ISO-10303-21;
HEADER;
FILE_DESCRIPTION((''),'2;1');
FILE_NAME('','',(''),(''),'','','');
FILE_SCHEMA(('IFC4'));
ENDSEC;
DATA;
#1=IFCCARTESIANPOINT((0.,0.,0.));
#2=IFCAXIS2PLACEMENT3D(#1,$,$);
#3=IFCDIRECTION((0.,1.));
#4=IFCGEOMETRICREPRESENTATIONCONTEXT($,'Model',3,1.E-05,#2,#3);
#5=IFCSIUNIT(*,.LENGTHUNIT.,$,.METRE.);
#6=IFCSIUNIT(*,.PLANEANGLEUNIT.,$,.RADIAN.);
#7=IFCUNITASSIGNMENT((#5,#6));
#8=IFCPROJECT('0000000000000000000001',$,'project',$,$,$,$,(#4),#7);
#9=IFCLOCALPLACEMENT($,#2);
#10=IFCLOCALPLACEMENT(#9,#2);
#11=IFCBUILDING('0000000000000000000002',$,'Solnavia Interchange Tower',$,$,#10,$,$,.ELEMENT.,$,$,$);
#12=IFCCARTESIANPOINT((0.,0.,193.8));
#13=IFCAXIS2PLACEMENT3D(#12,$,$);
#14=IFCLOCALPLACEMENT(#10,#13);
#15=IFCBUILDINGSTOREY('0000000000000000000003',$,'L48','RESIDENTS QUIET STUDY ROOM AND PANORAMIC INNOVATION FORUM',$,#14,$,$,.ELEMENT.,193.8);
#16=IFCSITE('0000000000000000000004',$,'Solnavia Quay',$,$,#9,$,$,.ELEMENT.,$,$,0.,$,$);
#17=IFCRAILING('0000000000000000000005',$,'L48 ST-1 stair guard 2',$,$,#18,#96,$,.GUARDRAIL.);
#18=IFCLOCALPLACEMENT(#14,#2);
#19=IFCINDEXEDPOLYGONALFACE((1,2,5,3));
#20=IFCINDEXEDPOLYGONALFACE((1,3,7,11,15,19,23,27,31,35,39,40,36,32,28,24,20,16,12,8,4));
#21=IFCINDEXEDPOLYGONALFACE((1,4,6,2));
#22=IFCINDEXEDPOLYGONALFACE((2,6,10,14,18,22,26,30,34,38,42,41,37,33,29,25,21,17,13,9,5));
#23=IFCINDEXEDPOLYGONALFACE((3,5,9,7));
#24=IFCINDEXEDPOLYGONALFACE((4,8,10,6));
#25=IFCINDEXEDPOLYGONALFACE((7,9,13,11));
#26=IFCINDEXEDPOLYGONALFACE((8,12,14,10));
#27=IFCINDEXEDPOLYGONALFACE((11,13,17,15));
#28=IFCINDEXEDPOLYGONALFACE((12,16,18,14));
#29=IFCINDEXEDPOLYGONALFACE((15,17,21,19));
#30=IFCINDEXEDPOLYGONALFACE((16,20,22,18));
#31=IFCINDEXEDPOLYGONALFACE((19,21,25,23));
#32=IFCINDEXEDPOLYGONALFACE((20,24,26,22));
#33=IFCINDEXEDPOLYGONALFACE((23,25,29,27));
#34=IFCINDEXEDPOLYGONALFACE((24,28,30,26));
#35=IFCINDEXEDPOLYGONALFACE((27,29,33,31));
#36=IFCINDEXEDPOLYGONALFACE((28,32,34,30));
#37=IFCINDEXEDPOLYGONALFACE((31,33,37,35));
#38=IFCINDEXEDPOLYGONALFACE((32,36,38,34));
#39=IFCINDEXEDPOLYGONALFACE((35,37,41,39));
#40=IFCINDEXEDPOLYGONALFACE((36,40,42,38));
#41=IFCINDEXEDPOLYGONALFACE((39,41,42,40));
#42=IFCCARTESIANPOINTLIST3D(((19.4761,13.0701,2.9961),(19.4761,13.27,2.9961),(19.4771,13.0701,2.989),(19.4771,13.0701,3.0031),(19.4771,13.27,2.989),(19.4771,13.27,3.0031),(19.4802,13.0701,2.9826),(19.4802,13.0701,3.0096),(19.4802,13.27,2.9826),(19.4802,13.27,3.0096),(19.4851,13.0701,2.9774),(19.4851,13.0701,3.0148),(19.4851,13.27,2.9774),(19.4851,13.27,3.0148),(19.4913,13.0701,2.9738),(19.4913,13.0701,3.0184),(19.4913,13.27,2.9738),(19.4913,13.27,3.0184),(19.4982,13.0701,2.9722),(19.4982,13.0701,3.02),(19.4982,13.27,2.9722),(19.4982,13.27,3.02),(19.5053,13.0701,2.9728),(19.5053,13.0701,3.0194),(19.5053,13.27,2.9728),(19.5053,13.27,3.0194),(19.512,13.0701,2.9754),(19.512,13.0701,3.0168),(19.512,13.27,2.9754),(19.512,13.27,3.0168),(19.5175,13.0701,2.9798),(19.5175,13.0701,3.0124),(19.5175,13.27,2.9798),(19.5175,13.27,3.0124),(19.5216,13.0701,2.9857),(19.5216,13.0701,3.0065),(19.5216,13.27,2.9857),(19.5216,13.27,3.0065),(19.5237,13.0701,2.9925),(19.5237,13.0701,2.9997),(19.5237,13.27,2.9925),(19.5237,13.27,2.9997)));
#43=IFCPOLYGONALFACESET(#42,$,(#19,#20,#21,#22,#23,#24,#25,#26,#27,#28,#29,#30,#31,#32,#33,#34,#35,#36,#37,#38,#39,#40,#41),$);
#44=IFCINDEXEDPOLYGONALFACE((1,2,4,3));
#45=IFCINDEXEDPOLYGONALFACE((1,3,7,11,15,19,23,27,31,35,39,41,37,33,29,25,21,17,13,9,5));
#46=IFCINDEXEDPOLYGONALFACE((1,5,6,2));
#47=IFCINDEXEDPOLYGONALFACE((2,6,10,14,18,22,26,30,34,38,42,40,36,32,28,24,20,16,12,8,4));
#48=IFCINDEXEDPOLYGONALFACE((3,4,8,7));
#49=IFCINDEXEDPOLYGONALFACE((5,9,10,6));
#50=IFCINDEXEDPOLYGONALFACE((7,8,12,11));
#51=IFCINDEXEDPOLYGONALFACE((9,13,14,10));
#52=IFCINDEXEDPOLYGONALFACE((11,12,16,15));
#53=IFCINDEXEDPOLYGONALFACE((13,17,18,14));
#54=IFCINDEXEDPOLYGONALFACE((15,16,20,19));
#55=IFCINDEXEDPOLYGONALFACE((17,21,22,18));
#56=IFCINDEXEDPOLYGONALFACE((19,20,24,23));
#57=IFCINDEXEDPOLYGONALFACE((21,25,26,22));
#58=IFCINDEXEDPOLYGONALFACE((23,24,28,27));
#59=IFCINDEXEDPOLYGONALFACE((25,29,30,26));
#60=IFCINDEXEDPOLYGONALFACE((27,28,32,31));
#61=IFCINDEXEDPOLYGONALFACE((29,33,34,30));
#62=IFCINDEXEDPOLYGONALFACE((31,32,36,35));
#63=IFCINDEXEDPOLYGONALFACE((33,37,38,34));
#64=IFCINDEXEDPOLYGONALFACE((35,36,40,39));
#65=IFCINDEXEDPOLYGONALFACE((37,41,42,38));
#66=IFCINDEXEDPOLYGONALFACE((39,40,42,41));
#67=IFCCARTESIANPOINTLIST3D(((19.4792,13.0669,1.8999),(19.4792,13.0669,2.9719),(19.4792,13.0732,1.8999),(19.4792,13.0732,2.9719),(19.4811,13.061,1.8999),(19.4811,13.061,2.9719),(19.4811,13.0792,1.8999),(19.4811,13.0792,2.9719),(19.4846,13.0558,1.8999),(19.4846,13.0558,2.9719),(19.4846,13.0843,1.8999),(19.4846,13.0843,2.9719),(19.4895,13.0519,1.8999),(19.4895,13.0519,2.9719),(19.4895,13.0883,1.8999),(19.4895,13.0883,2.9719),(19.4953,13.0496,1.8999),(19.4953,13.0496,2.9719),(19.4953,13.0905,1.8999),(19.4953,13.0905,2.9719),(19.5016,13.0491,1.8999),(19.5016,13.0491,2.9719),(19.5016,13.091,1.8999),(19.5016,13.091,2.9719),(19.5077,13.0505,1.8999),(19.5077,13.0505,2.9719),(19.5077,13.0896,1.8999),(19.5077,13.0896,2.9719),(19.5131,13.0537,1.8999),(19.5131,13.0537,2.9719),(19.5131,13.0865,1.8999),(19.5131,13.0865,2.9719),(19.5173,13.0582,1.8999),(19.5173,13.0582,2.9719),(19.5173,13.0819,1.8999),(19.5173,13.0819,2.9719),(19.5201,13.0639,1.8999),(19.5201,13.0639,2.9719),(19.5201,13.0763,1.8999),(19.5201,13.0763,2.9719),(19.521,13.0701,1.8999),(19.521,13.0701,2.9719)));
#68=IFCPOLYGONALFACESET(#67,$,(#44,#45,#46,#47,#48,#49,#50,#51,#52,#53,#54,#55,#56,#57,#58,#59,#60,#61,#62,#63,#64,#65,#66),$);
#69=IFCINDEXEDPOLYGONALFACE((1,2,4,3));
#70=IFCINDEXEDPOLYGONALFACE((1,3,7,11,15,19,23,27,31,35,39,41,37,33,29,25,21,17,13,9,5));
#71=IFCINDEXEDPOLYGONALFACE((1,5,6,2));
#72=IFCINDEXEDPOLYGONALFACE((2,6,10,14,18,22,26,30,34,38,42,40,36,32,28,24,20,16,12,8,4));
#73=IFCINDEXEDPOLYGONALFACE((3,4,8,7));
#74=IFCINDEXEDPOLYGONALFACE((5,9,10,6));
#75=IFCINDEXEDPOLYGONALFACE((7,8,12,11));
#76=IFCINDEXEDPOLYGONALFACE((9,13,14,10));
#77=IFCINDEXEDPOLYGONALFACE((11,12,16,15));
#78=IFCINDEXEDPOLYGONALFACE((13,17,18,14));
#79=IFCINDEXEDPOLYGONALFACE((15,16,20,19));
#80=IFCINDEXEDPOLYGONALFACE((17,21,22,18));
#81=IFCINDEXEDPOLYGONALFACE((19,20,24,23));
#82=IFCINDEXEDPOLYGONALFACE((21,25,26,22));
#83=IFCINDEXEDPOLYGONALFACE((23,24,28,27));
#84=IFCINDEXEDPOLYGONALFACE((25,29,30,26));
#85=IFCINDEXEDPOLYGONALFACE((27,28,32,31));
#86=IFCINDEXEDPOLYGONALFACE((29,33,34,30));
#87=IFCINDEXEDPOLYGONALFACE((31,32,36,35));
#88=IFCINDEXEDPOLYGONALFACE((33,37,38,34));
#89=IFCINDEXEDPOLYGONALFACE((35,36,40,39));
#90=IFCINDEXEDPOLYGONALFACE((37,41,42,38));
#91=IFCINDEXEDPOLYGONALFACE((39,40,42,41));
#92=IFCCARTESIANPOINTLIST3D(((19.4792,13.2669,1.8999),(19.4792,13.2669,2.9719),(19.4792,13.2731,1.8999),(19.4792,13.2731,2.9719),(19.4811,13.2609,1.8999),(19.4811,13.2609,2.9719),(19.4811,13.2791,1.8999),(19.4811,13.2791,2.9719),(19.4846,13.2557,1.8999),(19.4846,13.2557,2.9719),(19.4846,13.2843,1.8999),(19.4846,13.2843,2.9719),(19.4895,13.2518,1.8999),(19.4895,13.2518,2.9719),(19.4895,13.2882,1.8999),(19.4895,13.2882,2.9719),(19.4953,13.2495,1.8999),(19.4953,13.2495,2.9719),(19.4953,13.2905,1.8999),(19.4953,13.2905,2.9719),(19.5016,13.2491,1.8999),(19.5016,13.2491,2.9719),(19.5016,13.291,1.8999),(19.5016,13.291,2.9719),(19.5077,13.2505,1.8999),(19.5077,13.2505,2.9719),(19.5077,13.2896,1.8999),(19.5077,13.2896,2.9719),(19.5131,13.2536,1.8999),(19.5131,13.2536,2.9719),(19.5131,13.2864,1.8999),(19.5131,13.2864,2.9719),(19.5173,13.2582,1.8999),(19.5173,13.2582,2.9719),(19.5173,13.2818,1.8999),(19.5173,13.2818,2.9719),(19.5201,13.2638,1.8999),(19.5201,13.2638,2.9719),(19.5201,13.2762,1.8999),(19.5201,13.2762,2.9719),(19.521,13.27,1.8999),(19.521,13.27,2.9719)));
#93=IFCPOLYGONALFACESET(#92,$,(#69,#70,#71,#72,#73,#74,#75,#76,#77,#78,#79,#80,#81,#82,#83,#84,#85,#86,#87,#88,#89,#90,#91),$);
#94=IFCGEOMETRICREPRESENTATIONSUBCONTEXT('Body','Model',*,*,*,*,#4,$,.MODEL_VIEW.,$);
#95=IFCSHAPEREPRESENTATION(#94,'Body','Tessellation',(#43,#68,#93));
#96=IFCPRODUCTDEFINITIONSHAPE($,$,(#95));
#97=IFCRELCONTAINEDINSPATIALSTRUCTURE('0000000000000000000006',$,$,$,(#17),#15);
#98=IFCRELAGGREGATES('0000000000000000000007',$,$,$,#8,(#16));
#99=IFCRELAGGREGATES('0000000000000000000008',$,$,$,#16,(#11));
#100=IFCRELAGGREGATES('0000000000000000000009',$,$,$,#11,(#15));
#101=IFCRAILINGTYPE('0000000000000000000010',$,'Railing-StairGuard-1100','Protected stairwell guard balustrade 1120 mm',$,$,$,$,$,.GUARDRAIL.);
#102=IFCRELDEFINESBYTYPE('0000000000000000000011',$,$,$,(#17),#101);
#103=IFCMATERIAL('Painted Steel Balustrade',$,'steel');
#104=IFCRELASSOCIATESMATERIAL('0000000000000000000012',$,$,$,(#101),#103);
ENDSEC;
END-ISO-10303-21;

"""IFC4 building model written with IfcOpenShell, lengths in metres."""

from ifc_helpers import new_model, si_unit, direction, frame, origin, origin_2d, place, context, subcontext, project, spatial, circle, extrude, material, type_object, element, save


model = new_model("IFC4")

# Units and contexts
model_context = context("Model", 3, precision=1e-05, world=origin(), true_north=direction((0.0, 1.0)))
body_context = subcontext(model_context, "Body", "Model", "MODEL_VIEW")
ifc_project = project(units=[si_unit("LENGTHUNIT", "METRE"), si_unit("PLANEANGLEUNIT", "RADIAN")], contexts=[model_context])

# Site, building, storey
site_placement = place(None, origin())
site = spatial("IfcSite", under=ifc_project, at=site_placement, Name="Solnavia Quay", CompositionType="ELEMENT", RefElevation=0.0)
building_placement = place(site_placement, origin())
building = spatial("IfcBuilding", under=site, at=building_placement, Name="Solnavia Interchange Tower", CompositionType="ELEMENT")
storey_placement = place(building_placement, frame((0.0, 0.0, 193.8)))
storey = spatial("IfcBuildingStorey", under=building, at=storey_placement, Name="L48", Description="RESIDENTS QUIET STUDY ROOM AND PANORAMIC INNOVATION FORUM", CompositionType="ELEMENT", Elevation=193.8)

# Railing
ifc_material_1 = material(Name="Painted Steel Balustrade", Category="steel")
railing_type_1 = type_object("IfcRailingType", Name="Railing-StairGuard-1100", Description="Protected stairwell guard balustrade 1120 mm", PredefinedType="GUARDRAIL", material=ifc_material_1)
railing_1_placement = place(storey_placement, frame((19.5, 13.0701, 1.8999)))
element("IfcRailing", 1, at=railing_1_placement, inside=storey, type_object=railing_type_1, Name="L48 ST-1 stair guard 2", PredefinedType="GUARDRAIL", context=body_context, shape_type="SweptSolid", body=[
    extrude(circle(Radius=0.0239, at=origin_2d()), frame((0.0, 0.0, 1.0962), z_axis=(0.0, 1.0, 0.0), x_axis=(-1.0, 0.0, 0.0)), (0.0, 0.0, 1.0), 0.2),
    extrude(circle(Radius=0.021, at=origin_2d()), origin(), (0.0, 0.0, 1.0), 1.072),
    extrude(circle(Radius=0.021, at=origin_2d()), frame((0.0, 0.2, 0.0)), (0.0, 0.0, 1.0), 1.072),
])

save(model, "model.ifc")
